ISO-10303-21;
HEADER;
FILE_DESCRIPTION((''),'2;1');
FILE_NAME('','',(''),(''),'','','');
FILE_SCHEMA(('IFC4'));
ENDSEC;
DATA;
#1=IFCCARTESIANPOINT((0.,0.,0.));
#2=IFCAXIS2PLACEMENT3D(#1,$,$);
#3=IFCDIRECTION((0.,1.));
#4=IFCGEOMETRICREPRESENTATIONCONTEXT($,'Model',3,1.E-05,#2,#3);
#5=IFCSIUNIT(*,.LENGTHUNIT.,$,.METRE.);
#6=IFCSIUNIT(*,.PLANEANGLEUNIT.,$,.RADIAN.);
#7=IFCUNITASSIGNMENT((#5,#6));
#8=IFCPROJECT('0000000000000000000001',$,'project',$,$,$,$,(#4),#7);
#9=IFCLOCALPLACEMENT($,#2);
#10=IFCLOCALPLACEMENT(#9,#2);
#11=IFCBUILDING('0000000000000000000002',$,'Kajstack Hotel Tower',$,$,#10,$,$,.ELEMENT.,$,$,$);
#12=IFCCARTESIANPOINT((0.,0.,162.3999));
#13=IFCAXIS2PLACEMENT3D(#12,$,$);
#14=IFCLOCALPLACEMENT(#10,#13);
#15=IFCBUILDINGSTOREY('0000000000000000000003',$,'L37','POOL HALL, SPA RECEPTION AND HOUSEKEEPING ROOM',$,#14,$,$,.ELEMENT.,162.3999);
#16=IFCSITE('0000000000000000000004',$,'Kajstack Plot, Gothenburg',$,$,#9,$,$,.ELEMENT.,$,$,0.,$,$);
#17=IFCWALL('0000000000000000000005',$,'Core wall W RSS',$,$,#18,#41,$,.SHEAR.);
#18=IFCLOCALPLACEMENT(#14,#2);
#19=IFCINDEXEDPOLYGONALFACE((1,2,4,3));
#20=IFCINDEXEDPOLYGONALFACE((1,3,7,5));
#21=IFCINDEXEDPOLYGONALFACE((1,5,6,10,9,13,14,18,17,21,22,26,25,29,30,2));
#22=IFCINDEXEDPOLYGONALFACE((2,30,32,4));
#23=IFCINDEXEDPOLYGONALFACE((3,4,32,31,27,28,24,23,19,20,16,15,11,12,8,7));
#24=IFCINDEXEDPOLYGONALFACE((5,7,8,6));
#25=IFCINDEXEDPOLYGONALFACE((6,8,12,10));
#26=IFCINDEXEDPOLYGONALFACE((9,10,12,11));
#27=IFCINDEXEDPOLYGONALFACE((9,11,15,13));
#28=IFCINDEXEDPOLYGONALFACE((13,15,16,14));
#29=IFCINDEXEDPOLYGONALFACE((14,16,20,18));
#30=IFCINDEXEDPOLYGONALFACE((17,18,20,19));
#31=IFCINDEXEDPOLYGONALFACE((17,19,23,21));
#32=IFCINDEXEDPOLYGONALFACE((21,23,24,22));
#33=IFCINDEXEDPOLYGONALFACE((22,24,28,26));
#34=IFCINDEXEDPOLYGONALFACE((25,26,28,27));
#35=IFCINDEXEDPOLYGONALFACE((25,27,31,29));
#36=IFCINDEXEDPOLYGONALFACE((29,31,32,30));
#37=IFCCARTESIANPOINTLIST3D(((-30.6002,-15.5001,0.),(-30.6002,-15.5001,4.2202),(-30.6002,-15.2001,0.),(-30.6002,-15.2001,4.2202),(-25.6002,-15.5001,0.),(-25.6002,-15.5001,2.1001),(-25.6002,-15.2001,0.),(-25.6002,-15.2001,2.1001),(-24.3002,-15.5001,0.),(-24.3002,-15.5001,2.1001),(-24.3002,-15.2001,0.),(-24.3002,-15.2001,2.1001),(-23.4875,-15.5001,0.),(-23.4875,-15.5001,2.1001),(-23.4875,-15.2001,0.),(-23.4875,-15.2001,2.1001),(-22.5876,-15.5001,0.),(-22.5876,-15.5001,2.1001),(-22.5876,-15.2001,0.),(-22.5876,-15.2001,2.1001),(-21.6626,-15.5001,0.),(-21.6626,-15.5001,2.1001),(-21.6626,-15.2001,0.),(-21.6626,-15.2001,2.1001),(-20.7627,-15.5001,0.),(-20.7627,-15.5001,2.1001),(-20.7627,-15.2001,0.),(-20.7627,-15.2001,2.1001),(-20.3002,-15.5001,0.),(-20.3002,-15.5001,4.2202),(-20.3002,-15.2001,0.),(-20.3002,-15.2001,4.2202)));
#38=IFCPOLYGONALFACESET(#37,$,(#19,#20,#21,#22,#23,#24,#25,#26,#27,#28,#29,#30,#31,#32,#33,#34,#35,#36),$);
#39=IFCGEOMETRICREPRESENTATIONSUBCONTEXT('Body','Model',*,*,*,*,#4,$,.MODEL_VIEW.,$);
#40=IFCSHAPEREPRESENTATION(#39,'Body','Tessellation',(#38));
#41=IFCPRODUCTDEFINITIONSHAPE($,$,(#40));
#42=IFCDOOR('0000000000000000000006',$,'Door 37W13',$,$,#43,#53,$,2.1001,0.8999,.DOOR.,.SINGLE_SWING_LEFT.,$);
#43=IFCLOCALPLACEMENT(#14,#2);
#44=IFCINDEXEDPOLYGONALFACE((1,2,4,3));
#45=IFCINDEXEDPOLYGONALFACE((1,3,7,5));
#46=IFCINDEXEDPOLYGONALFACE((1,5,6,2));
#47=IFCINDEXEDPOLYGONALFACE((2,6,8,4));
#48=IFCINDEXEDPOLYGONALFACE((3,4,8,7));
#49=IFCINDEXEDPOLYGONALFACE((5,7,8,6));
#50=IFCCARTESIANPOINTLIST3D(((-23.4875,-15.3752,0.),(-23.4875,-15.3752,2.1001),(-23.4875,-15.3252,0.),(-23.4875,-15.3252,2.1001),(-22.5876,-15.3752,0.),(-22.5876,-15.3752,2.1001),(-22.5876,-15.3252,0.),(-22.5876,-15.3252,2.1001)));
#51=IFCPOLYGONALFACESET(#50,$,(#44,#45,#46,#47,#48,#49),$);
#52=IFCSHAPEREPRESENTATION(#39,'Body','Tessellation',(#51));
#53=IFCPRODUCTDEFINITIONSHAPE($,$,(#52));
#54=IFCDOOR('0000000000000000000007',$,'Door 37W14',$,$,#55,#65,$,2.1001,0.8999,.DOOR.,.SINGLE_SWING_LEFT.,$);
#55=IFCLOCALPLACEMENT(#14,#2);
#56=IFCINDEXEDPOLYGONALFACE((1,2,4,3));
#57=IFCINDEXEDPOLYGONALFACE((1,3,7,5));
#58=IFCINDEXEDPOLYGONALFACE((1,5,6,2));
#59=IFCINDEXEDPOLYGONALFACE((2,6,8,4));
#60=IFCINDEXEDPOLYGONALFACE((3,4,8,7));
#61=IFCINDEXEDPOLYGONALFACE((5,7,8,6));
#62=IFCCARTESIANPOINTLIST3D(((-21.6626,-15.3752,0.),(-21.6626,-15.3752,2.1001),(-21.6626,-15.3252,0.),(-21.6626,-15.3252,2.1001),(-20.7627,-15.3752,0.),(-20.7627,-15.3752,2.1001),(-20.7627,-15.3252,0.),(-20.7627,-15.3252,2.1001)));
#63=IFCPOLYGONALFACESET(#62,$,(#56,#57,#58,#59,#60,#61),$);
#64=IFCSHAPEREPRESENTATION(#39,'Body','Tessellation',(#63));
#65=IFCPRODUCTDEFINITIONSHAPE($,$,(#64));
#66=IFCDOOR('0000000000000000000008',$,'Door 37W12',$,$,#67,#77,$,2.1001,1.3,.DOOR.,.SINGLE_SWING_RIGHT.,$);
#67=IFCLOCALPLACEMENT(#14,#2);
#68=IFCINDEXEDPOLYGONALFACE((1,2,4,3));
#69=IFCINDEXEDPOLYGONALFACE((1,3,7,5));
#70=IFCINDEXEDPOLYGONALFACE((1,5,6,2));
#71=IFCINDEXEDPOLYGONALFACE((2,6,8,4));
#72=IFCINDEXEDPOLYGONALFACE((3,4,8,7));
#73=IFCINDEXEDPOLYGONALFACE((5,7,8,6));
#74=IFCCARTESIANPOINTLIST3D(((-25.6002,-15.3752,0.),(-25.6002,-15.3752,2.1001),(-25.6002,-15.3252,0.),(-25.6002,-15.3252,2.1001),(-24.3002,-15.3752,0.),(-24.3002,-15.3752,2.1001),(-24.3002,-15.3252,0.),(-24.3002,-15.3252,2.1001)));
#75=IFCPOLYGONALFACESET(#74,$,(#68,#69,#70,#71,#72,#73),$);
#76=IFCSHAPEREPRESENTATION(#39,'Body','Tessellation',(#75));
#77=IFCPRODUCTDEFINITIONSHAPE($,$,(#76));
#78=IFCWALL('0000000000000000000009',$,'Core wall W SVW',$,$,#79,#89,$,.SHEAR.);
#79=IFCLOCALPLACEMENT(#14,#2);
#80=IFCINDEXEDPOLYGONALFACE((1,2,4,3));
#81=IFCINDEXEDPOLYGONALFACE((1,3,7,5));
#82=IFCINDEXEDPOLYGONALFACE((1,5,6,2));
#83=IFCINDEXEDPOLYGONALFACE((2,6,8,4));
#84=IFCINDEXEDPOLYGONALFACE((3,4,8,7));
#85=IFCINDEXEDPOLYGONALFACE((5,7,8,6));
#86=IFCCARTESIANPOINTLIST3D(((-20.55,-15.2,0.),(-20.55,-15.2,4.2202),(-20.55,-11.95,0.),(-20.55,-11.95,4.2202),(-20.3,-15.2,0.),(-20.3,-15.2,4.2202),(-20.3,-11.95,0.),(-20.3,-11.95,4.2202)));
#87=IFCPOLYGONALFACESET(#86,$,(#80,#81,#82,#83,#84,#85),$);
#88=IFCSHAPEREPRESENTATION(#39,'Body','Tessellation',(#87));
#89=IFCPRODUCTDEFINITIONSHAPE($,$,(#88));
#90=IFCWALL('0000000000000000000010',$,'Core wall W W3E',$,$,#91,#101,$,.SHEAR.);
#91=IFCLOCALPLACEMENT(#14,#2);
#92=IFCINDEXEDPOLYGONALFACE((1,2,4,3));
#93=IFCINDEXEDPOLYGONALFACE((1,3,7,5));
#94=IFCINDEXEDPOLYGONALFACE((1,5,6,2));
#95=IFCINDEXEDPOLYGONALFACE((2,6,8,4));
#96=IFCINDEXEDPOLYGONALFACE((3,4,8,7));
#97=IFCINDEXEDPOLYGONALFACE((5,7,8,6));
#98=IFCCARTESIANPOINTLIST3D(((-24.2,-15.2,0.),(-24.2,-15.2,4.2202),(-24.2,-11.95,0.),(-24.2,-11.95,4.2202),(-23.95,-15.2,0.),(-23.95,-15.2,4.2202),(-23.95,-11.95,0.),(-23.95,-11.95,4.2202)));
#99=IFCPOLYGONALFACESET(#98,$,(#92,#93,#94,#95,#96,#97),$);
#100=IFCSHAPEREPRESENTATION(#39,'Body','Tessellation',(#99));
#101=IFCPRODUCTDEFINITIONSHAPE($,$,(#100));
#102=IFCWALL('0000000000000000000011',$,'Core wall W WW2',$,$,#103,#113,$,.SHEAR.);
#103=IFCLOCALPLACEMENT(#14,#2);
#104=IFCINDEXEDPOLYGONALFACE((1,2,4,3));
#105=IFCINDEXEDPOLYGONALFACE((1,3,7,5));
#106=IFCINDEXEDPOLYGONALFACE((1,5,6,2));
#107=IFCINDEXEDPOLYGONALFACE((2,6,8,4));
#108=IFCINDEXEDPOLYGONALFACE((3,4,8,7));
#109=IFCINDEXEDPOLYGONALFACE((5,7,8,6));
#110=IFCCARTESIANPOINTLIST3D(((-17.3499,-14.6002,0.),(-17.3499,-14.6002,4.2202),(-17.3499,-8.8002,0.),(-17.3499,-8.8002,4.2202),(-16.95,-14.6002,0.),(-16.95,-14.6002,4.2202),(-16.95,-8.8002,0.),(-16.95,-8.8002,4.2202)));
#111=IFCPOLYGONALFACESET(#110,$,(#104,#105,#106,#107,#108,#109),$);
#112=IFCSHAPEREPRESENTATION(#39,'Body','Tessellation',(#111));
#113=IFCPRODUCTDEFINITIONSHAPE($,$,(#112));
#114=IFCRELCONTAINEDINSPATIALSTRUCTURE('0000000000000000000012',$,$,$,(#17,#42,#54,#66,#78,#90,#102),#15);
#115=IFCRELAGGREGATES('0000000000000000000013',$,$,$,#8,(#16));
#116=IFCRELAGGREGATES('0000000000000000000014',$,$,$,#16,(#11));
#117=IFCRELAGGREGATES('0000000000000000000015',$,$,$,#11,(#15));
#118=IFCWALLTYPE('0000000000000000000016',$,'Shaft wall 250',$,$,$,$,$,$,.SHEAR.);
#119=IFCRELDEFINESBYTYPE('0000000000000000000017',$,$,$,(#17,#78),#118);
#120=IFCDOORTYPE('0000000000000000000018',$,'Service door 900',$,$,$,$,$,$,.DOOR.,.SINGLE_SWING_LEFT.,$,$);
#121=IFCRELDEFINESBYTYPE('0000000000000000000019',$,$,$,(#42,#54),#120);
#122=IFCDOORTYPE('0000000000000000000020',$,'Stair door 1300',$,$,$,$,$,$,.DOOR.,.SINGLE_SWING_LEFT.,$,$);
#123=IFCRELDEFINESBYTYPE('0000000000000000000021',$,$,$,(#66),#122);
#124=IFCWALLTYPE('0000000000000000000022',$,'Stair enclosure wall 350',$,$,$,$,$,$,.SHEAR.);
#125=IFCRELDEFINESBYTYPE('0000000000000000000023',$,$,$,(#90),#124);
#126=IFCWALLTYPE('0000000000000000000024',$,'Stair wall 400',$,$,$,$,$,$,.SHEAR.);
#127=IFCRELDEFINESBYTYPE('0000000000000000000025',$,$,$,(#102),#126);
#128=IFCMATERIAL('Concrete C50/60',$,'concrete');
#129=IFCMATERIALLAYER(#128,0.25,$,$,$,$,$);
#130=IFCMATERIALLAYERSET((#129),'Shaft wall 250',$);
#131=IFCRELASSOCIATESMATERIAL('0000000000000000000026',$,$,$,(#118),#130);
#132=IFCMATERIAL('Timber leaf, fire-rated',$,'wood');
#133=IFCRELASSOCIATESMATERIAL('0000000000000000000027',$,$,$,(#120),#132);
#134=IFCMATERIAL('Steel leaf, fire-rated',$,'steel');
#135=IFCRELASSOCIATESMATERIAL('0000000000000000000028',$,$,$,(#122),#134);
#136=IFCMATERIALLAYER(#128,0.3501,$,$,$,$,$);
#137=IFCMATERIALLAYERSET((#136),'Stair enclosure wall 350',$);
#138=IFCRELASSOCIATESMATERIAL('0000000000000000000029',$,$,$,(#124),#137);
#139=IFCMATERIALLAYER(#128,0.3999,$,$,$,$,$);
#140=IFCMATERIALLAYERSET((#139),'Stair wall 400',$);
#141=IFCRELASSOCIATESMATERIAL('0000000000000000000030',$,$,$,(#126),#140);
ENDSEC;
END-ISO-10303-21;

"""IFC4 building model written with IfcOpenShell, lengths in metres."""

from ifc_helpers import new_model, si_unit, direction, frame, frame_2d, origin, place, context, subcontext, project, spatial, rectangle, extrude, material, layer, layer_set, type_object, element, fill, save


model = new_model("IFC4")

# Units and contexts
model_context = context("Model", 3, precision=1e-05, world=origin(), true_north=direction((0.0, 1.0)))
body_context = subcontext(model_context, "Body", "Model", "MODEL_VIEW")
ifc_project = project(units=[si_unit("LENGTHUNIT", "METRE"), si_unit("PLANEANGLEUNIT", "RADIAN")], contexts=[model_context])

# Site, building, storey
site_placement = place(None, origin())
site = spatial("IfcSite", under=ifc_project, at=site_placement, Name="Kajstack Plot, Gothenburg", CompositionType="ELEMENT", RefElevation=0.0)
building_placement = place(site_placement, origin())
building = spatial("IfcBuilding", under=site, at=building_placement, Name="Kajstack Hotel Tower", CompositionType="ELEMENT")
storey_placement = place(building_placement, frame((0.0, 0.0, 162.3999)))
storey = spatial("IfcBuildingStorey", under=building, at=storey_placement, Name="L37", Description="POOL HALL, SPA RECEPTION AND HOUSEKEEPING ROOM", CompositionType="ELEMENT", Elevation=162.3999)

# Wall, openings, doors
ifc_material_1 = material(Name="Concrete C50/60", Category="concrete")
ifc_layer_1 = layer(ifc_material_1, 0.25)
ifc_layer_set_1 = layer_set([ifc_layer_1], Name="Shaft wall 250")
wall_type_1 = type_object("IfcWallType", Name="Shaft wall 250", PredefinedType="SHEAR", material=ifc_layer_set_1)
wall_1_placement = place(storey_placement, frame((-30.6001, -15.3501, 0.0), z_axis=(0.0, 0.0, 1.0), x_axis=(1.0, 0.0, 0.0)))
wall_1 = element("IfcWall", 1, at=wall_1_placement, inside=storey, type_object=wall_type_1, Name="Core wall W RSS", PredefinedType="SHEAR", context=body_context, shape_type="SweptSolid", body=[
    extrude(rectangle(XDim=10.3, YDim=0.3, at=frame_2d((5.1499, 0.0))), origin(), (0.0, 0.0, 1.0), 4.2202),
])
opening_1_placement = place(wall_1_placement, frame((5.0, 0.0, 0.0)))
opening_1 = element("IfcOpeningElement", 2, at=opening_1_placement, cuts=wall_1, PredefinedType="OPENING", context=body_context, shape_type="SweptSolid", body=[
    extrude(rectangle(XDim=1.3, YDim=2.1001, at=frame_2d((0.6499, 1.05))), frame((0.0, 0.1599, 0.0), z_axis=(0.0, -1.0, 0.0), x_axis=(1.0, 0.0, 0.0)), (0.0, 0.0, 1.0), 0.3201),
])
opening_2_placement = place(wall_1_placement, frame((7.1125, 0.0, 0.0)))
opening_2 = element("IfcOpeningElement", 3, at=opening_2_placement, cuts=wall_1, PredefinedType="OPENING", context=body_context, shape_type="SweptSolid", body=[
    extrude(rectangle(XDim=0.8999, YDim=2.1001, at=frame_2d((0.45, 1.05))), frame((0.0, 0.1599, 0.0), z_axis=(0.0, -1.0, 0.0), x_axis=(1.0, 0.0, 0.0)), (0.0, 0.0, 1.0), 0.3201),
])
opening_3_placement = place(wall_1_placement, frame((8.9375, 0.0, 0.0)))
opening_3 = element("IfcOpeningElement", 4, at=opening_3_placement, cuts=wall_1, PredefinedType="OPENING", context=body_context, shape_type="SweptSolid", body=[
    extrude(rectangle(XDim=0.8999, YDim=2.1001, at=frame_2d((0.45, 1.05))), frame((0.0, 0.1599, 0.0), z_axis=(0.0, -1.0, 0.0), x_axis=(1.0, 0.0, 0.0)), (0.0, 0.0, 1.0), 0.3201),
])
ifc_material_2 = material(Name="Timber leaf, fire-rated", Category="wood")
door_type_1 = type_object("IfcDoorType", Name="Service door 900", OperationType="SINGLE_SWING_LEFT", PredefinedType="DOOR", material=ifc_material_2)
door_1_placement = place(opening_2_placement, origin())
door_1 = element("IfcDoor", 5, at=door_1_placement, inside=storey, type_object=door_type_1, Name="Door 37W13", OperationType="SINGLE_SWING_LEFT", OverallHeight=2.1001, OverallWidth=0.8999, PredefinedType="DOOR", context=body_context, shape_type="SweptSolid", body=[
    extrude(rectangle(XDim=0.8999, YDim=2.1001, at=frame_2d((0.45, 1.05))), frame((0.0, 0.0249, 0.0), z_axis=(0.0, -1.0, 0.0), x_axis=(1.0, 0.0, 0.0)), (0.0, 0.0, 1.0), 0.05),
])
fill(opening_2, door_1)
door_2_placement = place(opening_3_placement, origin())
door_2 = element("IfcDoor", 6, at=door_2_placement, inside=storey, type_object=door_type_1, Name="Door 37W14", OperationType="SINGLE_SWING_LEFT", OverallHeight=2.1001, OverallWidth=0.8999, PredefinedType="DOOR", context=body_context, shape_type="SweptSolid", body=[
    extrude(rectangle(XDim=0.8999, YDim=2.1001, at=frame_2d((0.45, 1.05))), frame((0.0, 0.0249, 0.0), z_axis=(0.0, -1.0, 0.0), x_axis=(1.0, 0.0, 0.0)), (0.0, 0.0, 1.0), 0.05),
])
fill(opening_3, door_2)
ifc_material_3 = material(Name="Steel leaf, fire-rated", Category="steel")
door_type_2 = type_object("IfcDoorType", Name="Stair door 1300", OperationType="SINGLE_SWING_LEFT", PredefinedType="DOOR", material=ifc_material_3)
door_3_placement = place(opening_1_placement, origin())
door_3 = element("IfcDoor", 7, at=door_3_placement, inside=storey, type_object=door_type_2, Name="Door 37W12", OperationType="SINGLE_SWING_RIGHT", OverallHeight=2.1001, OverallWidth=1.3, PredefinedType="DOOR", context=body_context, shape_type="SweptSolid", body=[
    extrude(rectangle(XDim=1.3, YDim=2.1001, at=frame_2d((0.6499, 1.05))), frame((0.0, 0.0249, 0.0), z_axis=(0.0, -1.0, 0.0), x_axis=(1.0, 0.0, 0.0)), (0.0, 0.0, 1.0), 0.05),
])
fill(opening_1, door_3)

# Walls
wall_2_placement = place(storey_placement, frame((-20.425, -15.2, 0.0), z_axis=(0.0, 0.0, 1.0), x_axis=(0.0, 1.0, 0.0)))
element("IfcWall", 8, at=wall_2_placement, inside=storey, type_object=wall_type_1, Name="Core wall W SVW", PredefinedType="SHEAR", context=body_context, shape_type="SweptSolid", body=[
    extrude(rectangle(XDim=3.25, YDim=0.25, at=frame_2d((1.625, 0.0))), origin(), (0.0, 0.0, 1.0), 4.2202),
])
ifc_layer_2 = layer(ifc_material_1, 0.3501)
ifc_layer_set_2 = layer_set([ifc_layer_2], Name="Stair enclosure wall 350")
wall_type_2 = type_object("IfcWallType", Name="Stair enclosure wall 350", PredefinedType="SHEAR", material=ifc_layer_set_2)
wall_3_placement = place(storey_placement, frame((-24.075, -15.2, 0.0), z_axis=(0.0, 0.0, 1.0), x_axis=(0.0, 1.0, 0.0)))
element("IfcWall", 9, at=wall_3_placement, inside=storey, type_object=wall_type_2, Name="Core wall W W3E", PredefinedType="SHEAR", context=body_context, shape_type="SweptSolid", body=[
    extrude(rectangle(XDim=3.25, YDim=0.25, at=frame_2d((1.625, 0.0))), origin(), (0.0, 0.0, 1.0), 4.2202),
])
ifc_layer_3 = layer(ifc_material_1, 0.3999)
ifc_layer_set_3 = layer_set([ifc_layer_3], Name="Stair wall 400")
wall_type_3 = type_object("IfcWallType", Name="Stair wall 400", PredefinedType="SHEAR", material=ifc_layer_set_3)
wall_4_placement = place(storey_placement, frame((-17.1499, -14.6001, 0.0), z_axis=(0.0, 0.0, 1.0), x_axis=(0.0, 1.0, 0.0)))
element("IfcWall", 10, at=wall_4_placement, inside=storey, type_object=wall_type_3, Name="Core wall W WW2", PredefinedType="SHEAR", context=body_context, shape_type="SweptSolid", body=[
    extrude(rectangle(XDim=5.8, YDim=0.3999, at=frame_2d((2.8999, 0.0))), origin(), (0.0, 0.0, 1.0), 4.2202),
])

save(model, "model.ifc")
